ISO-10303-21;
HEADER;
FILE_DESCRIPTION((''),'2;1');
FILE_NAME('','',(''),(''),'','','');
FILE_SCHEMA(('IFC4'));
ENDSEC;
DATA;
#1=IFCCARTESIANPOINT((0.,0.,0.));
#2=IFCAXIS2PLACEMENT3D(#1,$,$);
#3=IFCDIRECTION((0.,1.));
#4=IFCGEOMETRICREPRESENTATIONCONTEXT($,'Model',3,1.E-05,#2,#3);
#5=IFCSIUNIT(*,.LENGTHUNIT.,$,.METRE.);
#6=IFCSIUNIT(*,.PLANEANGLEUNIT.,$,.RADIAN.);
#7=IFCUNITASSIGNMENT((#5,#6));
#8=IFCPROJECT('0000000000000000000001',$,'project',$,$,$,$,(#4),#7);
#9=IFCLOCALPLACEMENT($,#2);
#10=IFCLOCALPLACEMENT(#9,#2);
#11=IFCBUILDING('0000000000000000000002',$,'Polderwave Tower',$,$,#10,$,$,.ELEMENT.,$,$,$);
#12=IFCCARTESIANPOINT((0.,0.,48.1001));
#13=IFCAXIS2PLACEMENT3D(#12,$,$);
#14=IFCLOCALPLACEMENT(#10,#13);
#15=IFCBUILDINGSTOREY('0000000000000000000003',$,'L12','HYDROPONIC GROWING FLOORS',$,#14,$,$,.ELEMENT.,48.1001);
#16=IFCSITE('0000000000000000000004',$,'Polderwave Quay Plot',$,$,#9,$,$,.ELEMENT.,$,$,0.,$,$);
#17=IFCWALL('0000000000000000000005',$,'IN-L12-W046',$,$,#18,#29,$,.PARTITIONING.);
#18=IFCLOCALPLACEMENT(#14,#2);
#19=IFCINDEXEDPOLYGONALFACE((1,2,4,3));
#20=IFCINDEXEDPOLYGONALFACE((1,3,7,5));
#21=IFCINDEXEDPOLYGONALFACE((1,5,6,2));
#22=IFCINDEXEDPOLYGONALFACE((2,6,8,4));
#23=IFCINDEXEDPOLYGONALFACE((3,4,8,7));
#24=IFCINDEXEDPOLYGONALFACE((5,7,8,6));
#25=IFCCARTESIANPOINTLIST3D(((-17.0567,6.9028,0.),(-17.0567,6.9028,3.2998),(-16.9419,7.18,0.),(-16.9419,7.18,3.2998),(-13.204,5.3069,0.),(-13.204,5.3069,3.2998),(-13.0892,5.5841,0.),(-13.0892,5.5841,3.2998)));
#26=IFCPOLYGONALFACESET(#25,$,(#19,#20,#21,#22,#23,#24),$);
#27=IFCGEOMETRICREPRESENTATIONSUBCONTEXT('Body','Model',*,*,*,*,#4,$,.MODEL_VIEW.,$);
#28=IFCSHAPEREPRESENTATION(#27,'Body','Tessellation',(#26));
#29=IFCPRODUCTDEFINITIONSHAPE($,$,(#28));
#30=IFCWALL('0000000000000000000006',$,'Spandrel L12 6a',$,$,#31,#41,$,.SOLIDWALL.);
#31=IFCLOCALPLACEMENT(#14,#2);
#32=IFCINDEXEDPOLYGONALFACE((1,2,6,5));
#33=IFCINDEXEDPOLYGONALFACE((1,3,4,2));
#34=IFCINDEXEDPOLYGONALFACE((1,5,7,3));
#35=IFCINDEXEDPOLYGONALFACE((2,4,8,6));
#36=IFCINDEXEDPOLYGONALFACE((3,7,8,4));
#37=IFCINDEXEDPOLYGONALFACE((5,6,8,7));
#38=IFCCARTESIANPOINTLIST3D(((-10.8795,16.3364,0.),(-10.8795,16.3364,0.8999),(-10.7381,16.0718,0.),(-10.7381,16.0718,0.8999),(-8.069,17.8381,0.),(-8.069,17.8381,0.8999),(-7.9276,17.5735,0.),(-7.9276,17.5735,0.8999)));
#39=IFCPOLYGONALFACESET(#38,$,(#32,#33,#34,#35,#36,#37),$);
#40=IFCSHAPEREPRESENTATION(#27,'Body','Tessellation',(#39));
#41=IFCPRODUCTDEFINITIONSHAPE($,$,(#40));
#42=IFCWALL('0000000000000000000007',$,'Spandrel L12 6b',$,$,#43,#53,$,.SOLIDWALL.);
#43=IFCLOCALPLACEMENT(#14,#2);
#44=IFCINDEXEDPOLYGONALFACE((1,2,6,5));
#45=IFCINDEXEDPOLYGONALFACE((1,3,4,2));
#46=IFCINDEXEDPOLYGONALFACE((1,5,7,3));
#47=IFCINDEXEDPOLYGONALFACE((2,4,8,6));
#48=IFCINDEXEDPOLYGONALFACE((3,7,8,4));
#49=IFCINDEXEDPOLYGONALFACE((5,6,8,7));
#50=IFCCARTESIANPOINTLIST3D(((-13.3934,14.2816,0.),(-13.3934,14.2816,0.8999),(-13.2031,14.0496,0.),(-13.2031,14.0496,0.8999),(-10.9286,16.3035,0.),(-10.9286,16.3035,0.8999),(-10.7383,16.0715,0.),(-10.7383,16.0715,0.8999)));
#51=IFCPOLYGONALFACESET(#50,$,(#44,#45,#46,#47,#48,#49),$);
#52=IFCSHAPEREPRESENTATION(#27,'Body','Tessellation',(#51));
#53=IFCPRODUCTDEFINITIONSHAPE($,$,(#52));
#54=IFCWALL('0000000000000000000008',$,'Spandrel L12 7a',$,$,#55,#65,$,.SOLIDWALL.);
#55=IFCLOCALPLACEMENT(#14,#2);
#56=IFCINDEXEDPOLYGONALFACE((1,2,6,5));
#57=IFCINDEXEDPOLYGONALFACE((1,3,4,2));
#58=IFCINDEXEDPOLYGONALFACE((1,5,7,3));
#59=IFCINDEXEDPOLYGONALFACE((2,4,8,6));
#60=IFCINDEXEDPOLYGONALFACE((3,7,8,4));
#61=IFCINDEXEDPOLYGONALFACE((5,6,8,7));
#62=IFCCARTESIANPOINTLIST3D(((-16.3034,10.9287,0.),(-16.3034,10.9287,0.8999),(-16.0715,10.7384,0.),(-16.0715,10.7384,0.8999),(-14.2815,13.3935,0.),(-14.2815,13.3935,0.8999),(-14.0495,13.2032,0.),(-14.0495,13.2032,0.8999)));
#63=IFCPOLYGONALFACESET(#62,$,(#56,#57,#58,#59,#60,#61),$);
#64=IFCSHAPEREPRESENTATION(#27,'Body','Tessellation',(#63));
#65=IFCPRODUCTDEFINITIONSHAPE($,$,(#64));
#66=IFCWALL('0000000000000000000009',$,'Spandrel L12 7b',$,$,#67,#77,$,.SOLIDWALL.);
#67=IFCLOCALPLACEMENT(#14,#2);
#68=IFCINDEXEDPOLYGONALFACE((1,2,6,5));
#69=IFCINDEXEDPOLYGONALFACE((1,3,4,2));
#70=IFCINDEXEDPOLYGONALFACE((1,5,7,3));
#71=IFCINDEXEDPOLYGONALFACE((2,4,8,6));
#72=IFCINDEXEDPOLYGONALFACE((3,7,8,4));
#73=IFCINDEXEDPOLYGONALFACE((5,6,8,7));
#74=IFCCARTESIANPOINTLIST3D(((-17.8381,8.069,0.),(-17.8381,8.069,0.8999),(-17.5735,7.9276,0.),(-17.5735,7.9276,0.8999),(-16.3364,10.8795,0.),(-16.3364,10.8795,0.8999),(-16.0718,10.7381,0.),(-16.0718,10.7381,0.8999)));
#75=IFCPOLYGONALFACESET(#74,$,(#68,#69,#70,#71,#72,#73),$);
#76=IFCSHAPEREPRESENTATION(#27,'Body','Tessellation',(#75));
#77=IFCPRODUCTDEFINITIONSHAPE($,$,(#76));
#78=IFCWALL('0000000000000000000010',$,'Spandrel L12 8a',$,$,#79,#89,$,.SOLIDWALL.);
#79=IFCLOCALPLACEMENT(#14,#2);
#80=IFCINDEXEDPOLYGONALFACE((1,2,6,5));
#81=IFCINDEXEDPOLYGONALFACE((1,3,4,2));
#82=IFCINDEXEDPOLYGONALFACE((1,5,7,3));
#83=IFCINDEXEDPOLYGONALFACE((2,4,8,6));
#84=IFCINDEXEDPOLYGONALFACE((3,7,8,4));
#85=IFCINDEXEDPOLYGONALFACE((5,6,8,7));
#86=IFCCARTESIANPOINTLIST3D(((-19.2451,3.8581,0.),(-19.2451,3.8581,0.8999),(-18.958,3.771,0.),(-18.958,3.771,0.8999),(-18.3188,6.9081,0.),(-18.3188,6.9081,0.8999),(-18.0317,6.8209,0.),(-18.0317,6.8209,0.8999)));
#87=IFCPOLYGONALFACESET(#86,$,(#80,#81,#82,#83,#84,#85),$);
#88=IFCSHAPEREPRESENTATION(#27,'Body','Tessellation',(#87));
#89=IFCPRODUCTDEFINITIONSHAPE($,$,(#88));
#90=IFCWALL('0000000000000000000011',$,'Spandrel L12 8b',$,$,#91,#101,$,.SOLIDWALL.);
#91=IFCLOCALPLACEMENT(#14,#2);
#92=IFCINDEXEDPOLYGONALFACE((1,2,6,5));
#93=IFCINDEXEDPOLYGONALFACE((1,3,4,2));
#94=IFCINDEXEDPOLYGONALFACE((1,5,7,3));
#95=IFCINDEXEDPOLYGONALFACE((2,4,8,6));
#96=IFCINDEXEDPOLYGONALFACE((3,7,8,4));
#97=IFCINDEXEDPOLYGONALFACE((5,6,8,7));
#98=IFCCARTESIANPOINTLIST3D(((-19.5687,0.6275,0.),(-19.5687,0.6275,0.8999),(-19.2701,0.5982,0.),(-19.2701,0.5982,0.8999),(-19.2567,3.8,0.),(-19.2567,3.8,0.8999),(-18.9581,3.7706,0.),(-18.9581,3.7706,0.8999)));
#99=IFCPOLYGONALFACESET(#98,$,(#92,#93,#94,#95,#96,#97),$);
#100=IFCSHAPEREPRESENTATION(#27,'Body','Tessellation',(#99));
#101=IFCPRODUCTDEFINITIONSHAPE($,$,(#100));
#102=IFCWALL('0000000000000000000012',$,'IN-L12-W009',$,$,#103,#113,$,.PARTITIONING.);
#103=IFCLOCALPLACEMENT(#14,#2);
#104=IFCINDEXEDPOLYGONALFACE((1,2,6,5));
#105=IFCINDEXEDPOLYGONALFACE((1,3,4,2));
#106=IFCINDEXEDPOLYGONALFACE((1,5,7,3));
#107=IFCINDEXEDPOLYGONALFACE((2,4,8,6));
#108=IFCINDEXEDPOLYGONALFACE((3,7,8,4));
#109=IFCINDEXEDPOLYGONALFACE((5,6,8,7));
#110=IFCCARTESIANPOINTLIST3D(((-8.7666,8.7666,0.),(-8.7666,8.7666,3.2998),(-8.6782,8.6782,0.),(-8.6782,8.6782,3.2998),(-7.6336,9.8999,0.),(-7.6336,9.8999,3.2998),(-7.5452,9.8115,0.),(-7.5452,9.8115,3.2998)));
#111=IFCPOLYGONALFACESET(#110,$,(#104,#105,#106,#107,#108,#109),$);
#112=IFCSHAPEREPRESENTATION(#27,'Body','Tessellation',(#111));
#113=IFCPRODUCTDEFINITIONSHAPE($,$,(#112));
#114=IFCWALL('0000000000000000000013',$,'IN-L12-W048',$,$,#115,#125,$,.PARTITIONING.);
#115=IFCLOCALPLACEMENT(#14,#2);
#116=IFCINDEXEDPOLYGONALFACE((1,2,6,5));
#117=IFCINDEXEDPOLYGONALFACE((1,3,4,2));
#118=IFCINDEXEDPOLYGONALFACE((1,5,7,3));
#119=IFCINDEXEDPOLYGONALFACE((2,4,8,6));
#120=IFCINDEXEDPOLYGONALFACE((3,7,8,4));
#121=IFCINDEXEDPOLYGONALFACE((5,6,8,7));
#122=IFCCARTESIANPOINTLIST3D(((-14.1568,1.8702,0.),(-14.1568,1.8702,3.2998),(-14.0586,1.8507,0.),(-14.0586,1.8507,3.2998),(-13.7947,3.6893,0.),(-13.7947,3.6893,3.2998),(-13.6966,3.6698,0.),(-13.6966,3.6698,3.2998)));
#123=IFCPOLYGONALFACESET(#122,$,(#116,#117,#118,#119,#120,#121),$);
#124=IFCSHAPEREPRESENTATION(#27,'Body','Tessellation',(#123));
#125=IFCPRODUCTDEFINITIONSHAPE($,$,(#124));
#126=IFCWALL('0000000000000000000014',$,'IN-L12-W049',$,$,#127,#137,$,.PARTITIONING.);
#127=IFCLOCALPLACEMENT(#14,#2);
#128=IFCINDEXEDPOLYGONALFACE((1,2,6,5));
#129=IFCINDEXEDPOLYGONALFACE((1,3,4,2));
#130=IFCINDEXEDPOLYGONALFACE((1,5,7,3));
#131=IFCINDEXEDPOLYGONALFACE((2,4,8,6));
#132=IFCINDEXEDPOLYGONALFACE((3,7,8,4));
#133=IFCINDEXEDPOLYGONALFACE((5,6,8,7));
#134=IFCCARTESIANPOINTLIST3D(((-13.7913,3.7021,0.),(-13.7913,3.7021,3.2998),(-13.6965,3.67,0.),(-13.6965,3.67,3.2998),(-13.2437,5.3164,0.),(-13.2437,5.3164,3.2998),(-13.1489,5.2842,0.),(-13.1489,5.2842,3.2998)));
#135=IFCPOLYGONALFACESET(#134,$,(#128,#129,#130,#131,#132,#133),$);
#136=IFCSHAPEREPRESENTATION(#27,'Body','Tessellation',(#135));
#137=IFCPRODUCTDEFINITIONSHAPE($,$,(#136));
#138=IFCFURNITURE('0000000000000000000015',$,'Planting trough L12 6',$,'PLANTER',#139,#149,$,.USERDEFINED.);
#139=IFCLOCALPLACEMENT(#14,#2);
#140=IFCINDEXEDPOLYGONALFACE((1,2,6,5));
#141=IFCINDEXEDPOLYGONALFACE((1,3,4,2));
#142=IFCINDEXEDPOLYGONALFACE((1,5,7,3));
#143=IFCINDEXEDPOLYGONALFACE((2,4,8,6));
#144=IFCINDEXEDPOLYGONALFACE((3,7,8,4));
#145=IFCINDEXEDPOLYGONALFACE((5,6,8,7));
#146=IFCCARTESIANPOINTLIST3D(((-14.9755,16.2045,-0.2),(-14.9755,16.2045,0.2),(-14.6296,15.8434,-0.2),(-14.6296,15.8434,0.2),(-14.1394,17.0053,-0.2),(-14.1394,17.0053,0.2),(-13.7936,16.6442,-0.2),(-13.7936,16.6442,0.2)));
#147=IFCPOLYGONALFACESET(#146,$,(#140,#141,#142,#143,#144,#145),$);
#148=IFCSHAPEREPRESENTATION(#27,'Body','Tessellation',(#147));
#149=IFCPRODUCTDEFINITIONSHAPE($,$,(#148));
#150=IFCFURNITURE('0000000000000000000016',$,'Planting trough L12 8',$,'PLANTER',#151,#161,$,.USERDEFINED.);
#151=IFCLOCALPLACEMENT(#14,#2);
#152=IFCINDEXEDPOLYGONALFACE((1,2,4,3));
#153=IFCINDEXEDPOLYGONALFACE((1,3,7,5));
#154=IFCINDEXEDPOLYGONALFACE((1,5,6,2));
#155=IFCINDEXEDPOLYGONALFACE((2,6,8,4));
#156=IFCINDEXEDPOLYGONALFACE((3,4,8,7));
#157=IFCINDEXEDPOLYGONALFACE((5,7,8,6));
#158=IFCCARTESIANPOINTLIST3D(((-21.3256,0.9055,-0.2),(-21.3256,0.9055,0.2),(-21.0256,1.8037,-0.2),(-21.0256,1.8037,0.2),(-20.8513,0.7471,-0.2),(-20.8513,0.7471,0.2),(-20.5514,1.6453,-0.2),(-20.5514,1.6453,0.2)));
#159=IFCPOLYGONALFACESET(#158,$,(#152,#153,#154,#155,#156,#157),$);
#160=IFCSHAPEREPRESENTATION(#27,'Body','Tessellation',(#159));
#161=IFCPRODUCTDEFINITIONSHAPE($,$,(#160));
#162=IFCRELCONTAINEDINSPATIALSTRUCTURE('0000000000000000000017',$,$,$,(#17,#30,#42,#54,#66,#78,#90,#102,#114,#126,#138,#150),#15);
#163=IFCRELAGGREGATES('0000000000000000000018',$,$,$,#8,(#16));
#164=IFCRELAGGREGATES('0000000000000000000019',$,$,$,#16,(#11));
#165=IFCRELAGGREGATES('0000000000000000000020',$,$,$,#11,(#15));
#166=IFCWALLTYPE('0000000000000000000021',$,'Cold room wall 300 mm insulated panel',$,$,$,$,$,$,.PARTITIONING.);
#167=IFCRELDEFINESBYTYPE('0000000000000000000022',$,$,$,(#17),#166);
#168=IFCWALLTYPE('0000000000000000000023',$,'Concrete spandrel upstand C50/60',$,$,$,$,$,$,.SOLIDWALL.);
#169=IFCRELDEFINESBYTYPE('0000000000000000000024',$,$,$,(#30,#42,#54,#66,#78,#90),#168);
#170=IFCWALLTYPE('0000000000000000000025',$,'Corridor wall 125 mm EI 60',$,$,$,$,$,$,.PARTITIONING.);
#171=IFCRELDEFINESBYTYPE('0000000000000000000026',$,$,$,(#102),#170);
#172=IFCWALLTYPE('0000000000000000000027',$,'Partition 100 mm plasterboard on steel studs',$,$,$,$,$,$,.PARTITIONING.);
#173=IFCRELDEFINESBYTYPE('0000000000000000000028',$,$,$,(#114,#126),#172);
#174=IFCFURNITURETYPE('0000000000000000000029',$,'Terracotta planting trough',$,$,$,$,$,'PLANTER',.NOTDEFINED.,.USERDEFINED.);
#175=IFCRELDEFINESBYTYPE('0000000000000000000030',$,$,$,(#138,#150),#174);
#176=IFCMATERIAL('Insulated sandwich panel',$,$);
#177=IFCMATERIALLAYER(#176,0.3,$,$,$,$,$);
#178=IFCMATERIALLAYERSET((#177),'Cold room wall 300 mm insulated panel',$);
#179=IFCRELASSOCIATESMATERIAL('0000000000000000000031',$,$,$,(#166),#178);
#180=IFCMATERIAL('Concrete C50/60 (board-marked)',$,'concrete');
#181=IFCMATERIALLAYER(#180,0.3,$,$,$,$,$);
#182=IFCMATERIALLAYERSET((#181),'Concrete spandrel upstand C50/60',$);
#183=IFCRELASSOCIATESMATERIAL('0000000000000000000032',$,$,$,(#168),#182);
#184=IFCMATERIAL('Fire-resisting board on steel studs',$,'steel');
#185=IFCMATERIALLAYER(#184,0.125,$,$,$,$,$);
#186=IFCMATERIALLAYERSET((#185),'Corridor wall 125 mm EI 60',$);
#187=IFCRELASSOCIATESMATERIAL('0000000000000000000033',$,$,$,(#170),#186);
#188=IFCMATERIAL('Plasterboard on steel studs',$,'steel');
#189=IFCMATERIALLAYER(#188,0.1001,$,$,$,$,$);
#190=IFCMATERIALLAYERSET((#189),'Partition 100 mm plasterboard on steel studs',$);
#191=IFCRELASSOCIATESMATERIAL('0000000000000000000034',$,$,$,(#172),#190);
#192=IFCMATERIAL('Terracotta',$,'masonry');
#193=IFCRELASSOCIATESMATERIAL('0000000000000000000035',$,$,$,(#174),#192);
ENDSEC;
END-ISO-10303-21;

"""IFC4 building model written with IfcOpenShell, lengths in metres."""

from ifc_helpers import new_model, si_unit, direction, frame, frame_2d, origin, origin_2d, place, context, subcontext, project, spatial, rectangle, extrude, material, layer, layer_set, type_object, element, save


model = new_model("IFC4")

# Units and contexts
model_context = context("Model", 3, precision=1e-05, world=origin(), true_north=direction((0.0, 1.0)))
body_context = subcontext(model_context, "Body", "Model", "MODEL_VIEW")
ifc_project = project(units=[si_unit("LENGTHUNIT", "METRE"), si_unit("PLANEANGLEUNIT", "RADIAN")], contexts=[model_context])

# Site, building, storey
site_placement = place(None, origin())
site = spatial("IfcSite", under=ifc_project, at=site_placement, Name="Polderwave Quay Plot", CompositionType="ELEMENT", RefElevation=0.0)
building_placement = place(site_placement, origin())
building = spatial("IfcBuilding", under=site, at=building_placement, Name="Polderwave Tower", CompositionType="ELEMENT")
storey_placement = place(building_placement, frame((0.0, 0.0, 48.1001)))
storey = spatial("IfcBuildingStorey", under=building, at=storey_placement, Name="L12", Description="HYDROPONIC GROWING FLOORS", CompositionType="ELEMENT", Elevation=48.1001)

# Shared definitions
ifc_material_1 = material(Name="Insulated sandwich panel")
ifc_layer_1 = layer(ifc_material_1, 0.3)
ifc_layer_set_1 = layer_set([ifc_layer_1], Name="Cold room wall 300 mm insulated panel")
wall_type_1 = type_object("IfcWallType", Name="Cold room wall 300 mm insulated panel", PredefinedType="PARTITIONING", material=ifc_layer_set_1)

# Walls
wall_1_placement = place(storey_placement, frame((-13.1467, 5.4456, 0.0), z_axis=(0.0, 0.0, 1.0), x_axis=(-0.923873, 0.382698, 0.0)))
element("IfcWall", 1, at=wall_1_placement, inside=storey, type_object=wall_type_1, Name="IN-L12-W046", PredefinedType="PARTITIONING", context=body_context, shape_type="SweptSolid", body=[
    extrude(rectangle(XDim=4.1702, YDim=0.3, at=frame_2d((2.085, 0.0))), origin(), (0.0, 0.0, 1.0), 3.2998),
])
ifc_material_2 = material(Name="Concrete C50/60 (board-marked)", Category="concrete")
ifc_layer_2 = layer(ifc_material_2, 0.3)
ifc_layer_set_2 = layer_set([ifc_layer_2], Name="Concrete spandrel upstand C50/60")
wall_type_2 = type_object("IfcWallType", Name="Concrete spandrel upstand C50/60", PredefinedType="SOLIDWALL", material=ifc_layer_set_2)
wall_2_placement = place(storey_placement, frame((-7.9983, 17.7058, 0.0), z_axis=(0.0, 0.0, 1.0), x_axis=(-0.881994, -0.47126, 0.0)))
element("IfcWall", 2, at=wall_2_placement, inside=storey, type_object=wall_type_2, Name="Spandrel L12 6a", PredefinedType="SOLIDWALL", context=body_context, shape_type="SweptSolid", body=[
    extrude(rectangle(XDim=3.1865, YDim=0.3, at=frame_2d((1.5933, 0.0))), origin(), (0.0, 0.0, 1.0), 0.8999),
])
for number, where, z_axis, x_axis, name in (
    (3, (-10.8335, 16.1875, 0.0), (0.0, 0.0, 1.0), (-0.773145, -0.63423, 0.0), "Spandrel L12 6b"),
    (4, (-14.1655, 13.2983, 0.0), (0.0, 0.0, 1.0), (-0.63423, -0.773145, 0.0), "Spandrel L12 7a"),
):
    element("IfcWall", number, at=place(storey_placement, frame(where, z_axis=z_axis, x_axis=x_axis)), inside=storey, type_object=wall_type_2, Name=name, PredefinedType="SOLIDWALL", context=body_context, shape_type="SweptSolid", body=[
        extrude(rectangle(XDim=3.188, YDim=0.3, at=frame_2d((1.594, 0.0))), origin(), (0.0, 0.0, 1.0), 0.8999),
    ])
wall_3_placement = place(storey_placement, frame((-16.2041, 10.8088, 0.0), z_axis=(0.0, 0.0, 1.0), x_axis=(-0.47126, -0.881994, 0.0)))
element("IfcWall", 5, at=wall_3_placement, inside=storey, type_object=wall_type_2, Name="Spandrel L12 7b", PredefinedType="SOLIDWALL", context=body_context, shape_type="SweptSolid", body=[
    extrude(rectangle(XDim=3.1865, YDim=0.3, at=frame_2d((1.5933, 0.0))), origin(), (0.0, 0.0, 1.0), 0.8999),
])
wall_4_placement = place(storey_placement, frame((-18.1753, 6.8645, 0.0), z_axis=(0.0, 0.0, 1.0), x_axis=(-0.290586, -0.956849, 0.0)))
element("IfcWall", 6, at=wall_4_placement, inside=storey, type_object=wall_type_2, Name="Spandrel L12 8a", PredefinedType="SOLIDWALL", context=body_context, shape_type="SweptSolid", body=[
    extrude(rectangle(XDim=3.1875, YDim=0.3, at=frame_2d((1.5938, 0.0))), origin(), (0.0, 0.0, 1.0), 0.8999),
])
wall_5_placement = place(storey_placement, frame((-19.1074, 3.7852, 0.0), z_axis=(0.0, 0.0, 1.0), x_axis=(-0.097881, -0.995198, 0.0)))
element("IfcWall", 7, at=wall_5_placement, inside=storey, type_object=wall_type_2, Name="Spandrel L12 8b", PredefinedType="SOLIDWALL", context=body_context, shape_type="SweptSolid", body=[
    extrude(rectangle(XDim=3.1877, YDim=0.3, at=frame_2d((1.5938, 0.0))), origin(), (0.0, 0.0, 1.0), 0.8999),
])
ifc_material_3 = material(Name="Fire-resisting board on steel studs", Category="steel")
ifc_layer_3 = layer(ifc_material_3, 0.125)
ifc_layer_set_3 = layer_set([ifc_layer_3], Name="Corridor wall 125 mm EI 60")
wall_type_3 = type_object("IfcWallType", Name="Corridor wall 125 mm EI 60", PredefinedType="PARTITIONING", material=ifc_layer_set_3)
wall_6_placement = place(storey_placement, frame((-8.7224, 8.7224, 0.0), z_axis=(0.0, 0.0, 1.0), x_axis=(0.707031, 0.707183, 0.0)))
element("IfcWall", 8, at=wall_6_placement, inside=storey, type_object=wall_type_3, Name="IN-L12-W009", PredefinedType="PARTITIONING", context=body_context, shape_type="SweptSolid", body=[
    extrude(rectangle(XDim=1.6025, YDim=0.125, at=frame_2d((0.8013, 0.0))), origin(), (0.0, 0.0, 1.0), 3.2998),
])
ifc_material_4 = material(Name="Plasterboard on steel studs", Category="steel")
ifc_layer_4 = layer(ifc_material_4, 0.1001)
ifc_layer_set_4 = layer_set([ifc_layer_4], Name="Partition 100 mm plasterboard on steel studs")
wall_type_4 = type_object("IfcWallType", Name="Partition 100 mm plasterboard on steel studs", PredefinedType="PARTITIONING", material=ifc_layer_set_4)
wall_7_placement = place(storey_placement, frame((-14.1077, 1.8606, 0.0), z_axis=(0.0, 0.0, 1.0), x_axis=(0.195205, 0.980763, 0.0)))
element("IfcWall", 9, at=wall_7_placement, inside=storey, type_object=wall_type_4, Name="IN-L12-W048", PredefinedType="PARTITIONING", context=body_context, shape_type="SweptSolid", body=[
    extrude(rectangle(XDim=1.8547, YDim=0.1001, at=frame_2d((0.9272, 0.0))), origin(), (0.0, 0.0, 1.0), 3.2998),
])
wall_8_placement = place(storey_placement, frame((-13.7439, 3.686, 0.0), z_axis=(0.0, 0.0, 1.0), x_axis=(0.32125, 0.946994, 0.0)))
element("IfcWall", 10, at=wall_8_placement, inside=storey, type_object=wall_type_4, Name="IN-L12-W049", PredefinedType="PARTITIONING", context=body_context, shape_type="SweptSolid", body=[
    extrude(rectangle(XDim=1.7046, YDim=0.1001, at=frame_2d((0.8523, 0.0))), origin(), (0.0, 0.0, 1.0), 3.2998),
])

# Furniture
ifc_material_5 = material(Name="Terracotta", Category="masonry")
furniture_type = type_object("IfcFurnitureType", Name="Terracotta planting trough", ElementType="PLANTER", AssemblyPlace="NOTDEFINED", PredefinedType="USERDEFINED", material=ifc_material_5)
furniture_1_placement = place(storey_placement, frame((-14.3845, 16.4243, -0.2), z_axis=(0.0, 0.0, 1.0), x_axis=(-0.72219, -0.691695, 0.0)))
element("IfcFurniture", 11, at=furniture_1_placement, inside=storey, type_object=furniture_type, Name="Planting trough L12 6", ObjectType="PLANTER", PredefinedType="USERDEFINED", context=body_context, shape_type="SweptSolid", body=[
    extrude(rectangle(XDim=1.1577, YDim=0.5, at=origin_2d()), origin(), (0.0, 0.0, 1.0), 0.3999),
])
furniture_2_placement = place(storey_placement, frame((-20.9385, 1.2754, -0.2), z_axis=(0.0, 0.0, 1.0), x_axis=(-0.316763, -0.948505, 0.0)))
element("IfcFurniture", 12, at=furniture_2_placement, inside=storey, type_object=furniture_type, Name="Planting trough L12 8", ObjectType="PLANTER", PredefinedType="USERDEFINED", context=body_context, shape_type="SweptSolid", body=[
    extrude(rectangle(XDim=0.947, YDim=0.5, at=origin_2d()), origin(), (0.0, 0.0, 1.0), 0.3999),
])

save(model, "model.ifc")
